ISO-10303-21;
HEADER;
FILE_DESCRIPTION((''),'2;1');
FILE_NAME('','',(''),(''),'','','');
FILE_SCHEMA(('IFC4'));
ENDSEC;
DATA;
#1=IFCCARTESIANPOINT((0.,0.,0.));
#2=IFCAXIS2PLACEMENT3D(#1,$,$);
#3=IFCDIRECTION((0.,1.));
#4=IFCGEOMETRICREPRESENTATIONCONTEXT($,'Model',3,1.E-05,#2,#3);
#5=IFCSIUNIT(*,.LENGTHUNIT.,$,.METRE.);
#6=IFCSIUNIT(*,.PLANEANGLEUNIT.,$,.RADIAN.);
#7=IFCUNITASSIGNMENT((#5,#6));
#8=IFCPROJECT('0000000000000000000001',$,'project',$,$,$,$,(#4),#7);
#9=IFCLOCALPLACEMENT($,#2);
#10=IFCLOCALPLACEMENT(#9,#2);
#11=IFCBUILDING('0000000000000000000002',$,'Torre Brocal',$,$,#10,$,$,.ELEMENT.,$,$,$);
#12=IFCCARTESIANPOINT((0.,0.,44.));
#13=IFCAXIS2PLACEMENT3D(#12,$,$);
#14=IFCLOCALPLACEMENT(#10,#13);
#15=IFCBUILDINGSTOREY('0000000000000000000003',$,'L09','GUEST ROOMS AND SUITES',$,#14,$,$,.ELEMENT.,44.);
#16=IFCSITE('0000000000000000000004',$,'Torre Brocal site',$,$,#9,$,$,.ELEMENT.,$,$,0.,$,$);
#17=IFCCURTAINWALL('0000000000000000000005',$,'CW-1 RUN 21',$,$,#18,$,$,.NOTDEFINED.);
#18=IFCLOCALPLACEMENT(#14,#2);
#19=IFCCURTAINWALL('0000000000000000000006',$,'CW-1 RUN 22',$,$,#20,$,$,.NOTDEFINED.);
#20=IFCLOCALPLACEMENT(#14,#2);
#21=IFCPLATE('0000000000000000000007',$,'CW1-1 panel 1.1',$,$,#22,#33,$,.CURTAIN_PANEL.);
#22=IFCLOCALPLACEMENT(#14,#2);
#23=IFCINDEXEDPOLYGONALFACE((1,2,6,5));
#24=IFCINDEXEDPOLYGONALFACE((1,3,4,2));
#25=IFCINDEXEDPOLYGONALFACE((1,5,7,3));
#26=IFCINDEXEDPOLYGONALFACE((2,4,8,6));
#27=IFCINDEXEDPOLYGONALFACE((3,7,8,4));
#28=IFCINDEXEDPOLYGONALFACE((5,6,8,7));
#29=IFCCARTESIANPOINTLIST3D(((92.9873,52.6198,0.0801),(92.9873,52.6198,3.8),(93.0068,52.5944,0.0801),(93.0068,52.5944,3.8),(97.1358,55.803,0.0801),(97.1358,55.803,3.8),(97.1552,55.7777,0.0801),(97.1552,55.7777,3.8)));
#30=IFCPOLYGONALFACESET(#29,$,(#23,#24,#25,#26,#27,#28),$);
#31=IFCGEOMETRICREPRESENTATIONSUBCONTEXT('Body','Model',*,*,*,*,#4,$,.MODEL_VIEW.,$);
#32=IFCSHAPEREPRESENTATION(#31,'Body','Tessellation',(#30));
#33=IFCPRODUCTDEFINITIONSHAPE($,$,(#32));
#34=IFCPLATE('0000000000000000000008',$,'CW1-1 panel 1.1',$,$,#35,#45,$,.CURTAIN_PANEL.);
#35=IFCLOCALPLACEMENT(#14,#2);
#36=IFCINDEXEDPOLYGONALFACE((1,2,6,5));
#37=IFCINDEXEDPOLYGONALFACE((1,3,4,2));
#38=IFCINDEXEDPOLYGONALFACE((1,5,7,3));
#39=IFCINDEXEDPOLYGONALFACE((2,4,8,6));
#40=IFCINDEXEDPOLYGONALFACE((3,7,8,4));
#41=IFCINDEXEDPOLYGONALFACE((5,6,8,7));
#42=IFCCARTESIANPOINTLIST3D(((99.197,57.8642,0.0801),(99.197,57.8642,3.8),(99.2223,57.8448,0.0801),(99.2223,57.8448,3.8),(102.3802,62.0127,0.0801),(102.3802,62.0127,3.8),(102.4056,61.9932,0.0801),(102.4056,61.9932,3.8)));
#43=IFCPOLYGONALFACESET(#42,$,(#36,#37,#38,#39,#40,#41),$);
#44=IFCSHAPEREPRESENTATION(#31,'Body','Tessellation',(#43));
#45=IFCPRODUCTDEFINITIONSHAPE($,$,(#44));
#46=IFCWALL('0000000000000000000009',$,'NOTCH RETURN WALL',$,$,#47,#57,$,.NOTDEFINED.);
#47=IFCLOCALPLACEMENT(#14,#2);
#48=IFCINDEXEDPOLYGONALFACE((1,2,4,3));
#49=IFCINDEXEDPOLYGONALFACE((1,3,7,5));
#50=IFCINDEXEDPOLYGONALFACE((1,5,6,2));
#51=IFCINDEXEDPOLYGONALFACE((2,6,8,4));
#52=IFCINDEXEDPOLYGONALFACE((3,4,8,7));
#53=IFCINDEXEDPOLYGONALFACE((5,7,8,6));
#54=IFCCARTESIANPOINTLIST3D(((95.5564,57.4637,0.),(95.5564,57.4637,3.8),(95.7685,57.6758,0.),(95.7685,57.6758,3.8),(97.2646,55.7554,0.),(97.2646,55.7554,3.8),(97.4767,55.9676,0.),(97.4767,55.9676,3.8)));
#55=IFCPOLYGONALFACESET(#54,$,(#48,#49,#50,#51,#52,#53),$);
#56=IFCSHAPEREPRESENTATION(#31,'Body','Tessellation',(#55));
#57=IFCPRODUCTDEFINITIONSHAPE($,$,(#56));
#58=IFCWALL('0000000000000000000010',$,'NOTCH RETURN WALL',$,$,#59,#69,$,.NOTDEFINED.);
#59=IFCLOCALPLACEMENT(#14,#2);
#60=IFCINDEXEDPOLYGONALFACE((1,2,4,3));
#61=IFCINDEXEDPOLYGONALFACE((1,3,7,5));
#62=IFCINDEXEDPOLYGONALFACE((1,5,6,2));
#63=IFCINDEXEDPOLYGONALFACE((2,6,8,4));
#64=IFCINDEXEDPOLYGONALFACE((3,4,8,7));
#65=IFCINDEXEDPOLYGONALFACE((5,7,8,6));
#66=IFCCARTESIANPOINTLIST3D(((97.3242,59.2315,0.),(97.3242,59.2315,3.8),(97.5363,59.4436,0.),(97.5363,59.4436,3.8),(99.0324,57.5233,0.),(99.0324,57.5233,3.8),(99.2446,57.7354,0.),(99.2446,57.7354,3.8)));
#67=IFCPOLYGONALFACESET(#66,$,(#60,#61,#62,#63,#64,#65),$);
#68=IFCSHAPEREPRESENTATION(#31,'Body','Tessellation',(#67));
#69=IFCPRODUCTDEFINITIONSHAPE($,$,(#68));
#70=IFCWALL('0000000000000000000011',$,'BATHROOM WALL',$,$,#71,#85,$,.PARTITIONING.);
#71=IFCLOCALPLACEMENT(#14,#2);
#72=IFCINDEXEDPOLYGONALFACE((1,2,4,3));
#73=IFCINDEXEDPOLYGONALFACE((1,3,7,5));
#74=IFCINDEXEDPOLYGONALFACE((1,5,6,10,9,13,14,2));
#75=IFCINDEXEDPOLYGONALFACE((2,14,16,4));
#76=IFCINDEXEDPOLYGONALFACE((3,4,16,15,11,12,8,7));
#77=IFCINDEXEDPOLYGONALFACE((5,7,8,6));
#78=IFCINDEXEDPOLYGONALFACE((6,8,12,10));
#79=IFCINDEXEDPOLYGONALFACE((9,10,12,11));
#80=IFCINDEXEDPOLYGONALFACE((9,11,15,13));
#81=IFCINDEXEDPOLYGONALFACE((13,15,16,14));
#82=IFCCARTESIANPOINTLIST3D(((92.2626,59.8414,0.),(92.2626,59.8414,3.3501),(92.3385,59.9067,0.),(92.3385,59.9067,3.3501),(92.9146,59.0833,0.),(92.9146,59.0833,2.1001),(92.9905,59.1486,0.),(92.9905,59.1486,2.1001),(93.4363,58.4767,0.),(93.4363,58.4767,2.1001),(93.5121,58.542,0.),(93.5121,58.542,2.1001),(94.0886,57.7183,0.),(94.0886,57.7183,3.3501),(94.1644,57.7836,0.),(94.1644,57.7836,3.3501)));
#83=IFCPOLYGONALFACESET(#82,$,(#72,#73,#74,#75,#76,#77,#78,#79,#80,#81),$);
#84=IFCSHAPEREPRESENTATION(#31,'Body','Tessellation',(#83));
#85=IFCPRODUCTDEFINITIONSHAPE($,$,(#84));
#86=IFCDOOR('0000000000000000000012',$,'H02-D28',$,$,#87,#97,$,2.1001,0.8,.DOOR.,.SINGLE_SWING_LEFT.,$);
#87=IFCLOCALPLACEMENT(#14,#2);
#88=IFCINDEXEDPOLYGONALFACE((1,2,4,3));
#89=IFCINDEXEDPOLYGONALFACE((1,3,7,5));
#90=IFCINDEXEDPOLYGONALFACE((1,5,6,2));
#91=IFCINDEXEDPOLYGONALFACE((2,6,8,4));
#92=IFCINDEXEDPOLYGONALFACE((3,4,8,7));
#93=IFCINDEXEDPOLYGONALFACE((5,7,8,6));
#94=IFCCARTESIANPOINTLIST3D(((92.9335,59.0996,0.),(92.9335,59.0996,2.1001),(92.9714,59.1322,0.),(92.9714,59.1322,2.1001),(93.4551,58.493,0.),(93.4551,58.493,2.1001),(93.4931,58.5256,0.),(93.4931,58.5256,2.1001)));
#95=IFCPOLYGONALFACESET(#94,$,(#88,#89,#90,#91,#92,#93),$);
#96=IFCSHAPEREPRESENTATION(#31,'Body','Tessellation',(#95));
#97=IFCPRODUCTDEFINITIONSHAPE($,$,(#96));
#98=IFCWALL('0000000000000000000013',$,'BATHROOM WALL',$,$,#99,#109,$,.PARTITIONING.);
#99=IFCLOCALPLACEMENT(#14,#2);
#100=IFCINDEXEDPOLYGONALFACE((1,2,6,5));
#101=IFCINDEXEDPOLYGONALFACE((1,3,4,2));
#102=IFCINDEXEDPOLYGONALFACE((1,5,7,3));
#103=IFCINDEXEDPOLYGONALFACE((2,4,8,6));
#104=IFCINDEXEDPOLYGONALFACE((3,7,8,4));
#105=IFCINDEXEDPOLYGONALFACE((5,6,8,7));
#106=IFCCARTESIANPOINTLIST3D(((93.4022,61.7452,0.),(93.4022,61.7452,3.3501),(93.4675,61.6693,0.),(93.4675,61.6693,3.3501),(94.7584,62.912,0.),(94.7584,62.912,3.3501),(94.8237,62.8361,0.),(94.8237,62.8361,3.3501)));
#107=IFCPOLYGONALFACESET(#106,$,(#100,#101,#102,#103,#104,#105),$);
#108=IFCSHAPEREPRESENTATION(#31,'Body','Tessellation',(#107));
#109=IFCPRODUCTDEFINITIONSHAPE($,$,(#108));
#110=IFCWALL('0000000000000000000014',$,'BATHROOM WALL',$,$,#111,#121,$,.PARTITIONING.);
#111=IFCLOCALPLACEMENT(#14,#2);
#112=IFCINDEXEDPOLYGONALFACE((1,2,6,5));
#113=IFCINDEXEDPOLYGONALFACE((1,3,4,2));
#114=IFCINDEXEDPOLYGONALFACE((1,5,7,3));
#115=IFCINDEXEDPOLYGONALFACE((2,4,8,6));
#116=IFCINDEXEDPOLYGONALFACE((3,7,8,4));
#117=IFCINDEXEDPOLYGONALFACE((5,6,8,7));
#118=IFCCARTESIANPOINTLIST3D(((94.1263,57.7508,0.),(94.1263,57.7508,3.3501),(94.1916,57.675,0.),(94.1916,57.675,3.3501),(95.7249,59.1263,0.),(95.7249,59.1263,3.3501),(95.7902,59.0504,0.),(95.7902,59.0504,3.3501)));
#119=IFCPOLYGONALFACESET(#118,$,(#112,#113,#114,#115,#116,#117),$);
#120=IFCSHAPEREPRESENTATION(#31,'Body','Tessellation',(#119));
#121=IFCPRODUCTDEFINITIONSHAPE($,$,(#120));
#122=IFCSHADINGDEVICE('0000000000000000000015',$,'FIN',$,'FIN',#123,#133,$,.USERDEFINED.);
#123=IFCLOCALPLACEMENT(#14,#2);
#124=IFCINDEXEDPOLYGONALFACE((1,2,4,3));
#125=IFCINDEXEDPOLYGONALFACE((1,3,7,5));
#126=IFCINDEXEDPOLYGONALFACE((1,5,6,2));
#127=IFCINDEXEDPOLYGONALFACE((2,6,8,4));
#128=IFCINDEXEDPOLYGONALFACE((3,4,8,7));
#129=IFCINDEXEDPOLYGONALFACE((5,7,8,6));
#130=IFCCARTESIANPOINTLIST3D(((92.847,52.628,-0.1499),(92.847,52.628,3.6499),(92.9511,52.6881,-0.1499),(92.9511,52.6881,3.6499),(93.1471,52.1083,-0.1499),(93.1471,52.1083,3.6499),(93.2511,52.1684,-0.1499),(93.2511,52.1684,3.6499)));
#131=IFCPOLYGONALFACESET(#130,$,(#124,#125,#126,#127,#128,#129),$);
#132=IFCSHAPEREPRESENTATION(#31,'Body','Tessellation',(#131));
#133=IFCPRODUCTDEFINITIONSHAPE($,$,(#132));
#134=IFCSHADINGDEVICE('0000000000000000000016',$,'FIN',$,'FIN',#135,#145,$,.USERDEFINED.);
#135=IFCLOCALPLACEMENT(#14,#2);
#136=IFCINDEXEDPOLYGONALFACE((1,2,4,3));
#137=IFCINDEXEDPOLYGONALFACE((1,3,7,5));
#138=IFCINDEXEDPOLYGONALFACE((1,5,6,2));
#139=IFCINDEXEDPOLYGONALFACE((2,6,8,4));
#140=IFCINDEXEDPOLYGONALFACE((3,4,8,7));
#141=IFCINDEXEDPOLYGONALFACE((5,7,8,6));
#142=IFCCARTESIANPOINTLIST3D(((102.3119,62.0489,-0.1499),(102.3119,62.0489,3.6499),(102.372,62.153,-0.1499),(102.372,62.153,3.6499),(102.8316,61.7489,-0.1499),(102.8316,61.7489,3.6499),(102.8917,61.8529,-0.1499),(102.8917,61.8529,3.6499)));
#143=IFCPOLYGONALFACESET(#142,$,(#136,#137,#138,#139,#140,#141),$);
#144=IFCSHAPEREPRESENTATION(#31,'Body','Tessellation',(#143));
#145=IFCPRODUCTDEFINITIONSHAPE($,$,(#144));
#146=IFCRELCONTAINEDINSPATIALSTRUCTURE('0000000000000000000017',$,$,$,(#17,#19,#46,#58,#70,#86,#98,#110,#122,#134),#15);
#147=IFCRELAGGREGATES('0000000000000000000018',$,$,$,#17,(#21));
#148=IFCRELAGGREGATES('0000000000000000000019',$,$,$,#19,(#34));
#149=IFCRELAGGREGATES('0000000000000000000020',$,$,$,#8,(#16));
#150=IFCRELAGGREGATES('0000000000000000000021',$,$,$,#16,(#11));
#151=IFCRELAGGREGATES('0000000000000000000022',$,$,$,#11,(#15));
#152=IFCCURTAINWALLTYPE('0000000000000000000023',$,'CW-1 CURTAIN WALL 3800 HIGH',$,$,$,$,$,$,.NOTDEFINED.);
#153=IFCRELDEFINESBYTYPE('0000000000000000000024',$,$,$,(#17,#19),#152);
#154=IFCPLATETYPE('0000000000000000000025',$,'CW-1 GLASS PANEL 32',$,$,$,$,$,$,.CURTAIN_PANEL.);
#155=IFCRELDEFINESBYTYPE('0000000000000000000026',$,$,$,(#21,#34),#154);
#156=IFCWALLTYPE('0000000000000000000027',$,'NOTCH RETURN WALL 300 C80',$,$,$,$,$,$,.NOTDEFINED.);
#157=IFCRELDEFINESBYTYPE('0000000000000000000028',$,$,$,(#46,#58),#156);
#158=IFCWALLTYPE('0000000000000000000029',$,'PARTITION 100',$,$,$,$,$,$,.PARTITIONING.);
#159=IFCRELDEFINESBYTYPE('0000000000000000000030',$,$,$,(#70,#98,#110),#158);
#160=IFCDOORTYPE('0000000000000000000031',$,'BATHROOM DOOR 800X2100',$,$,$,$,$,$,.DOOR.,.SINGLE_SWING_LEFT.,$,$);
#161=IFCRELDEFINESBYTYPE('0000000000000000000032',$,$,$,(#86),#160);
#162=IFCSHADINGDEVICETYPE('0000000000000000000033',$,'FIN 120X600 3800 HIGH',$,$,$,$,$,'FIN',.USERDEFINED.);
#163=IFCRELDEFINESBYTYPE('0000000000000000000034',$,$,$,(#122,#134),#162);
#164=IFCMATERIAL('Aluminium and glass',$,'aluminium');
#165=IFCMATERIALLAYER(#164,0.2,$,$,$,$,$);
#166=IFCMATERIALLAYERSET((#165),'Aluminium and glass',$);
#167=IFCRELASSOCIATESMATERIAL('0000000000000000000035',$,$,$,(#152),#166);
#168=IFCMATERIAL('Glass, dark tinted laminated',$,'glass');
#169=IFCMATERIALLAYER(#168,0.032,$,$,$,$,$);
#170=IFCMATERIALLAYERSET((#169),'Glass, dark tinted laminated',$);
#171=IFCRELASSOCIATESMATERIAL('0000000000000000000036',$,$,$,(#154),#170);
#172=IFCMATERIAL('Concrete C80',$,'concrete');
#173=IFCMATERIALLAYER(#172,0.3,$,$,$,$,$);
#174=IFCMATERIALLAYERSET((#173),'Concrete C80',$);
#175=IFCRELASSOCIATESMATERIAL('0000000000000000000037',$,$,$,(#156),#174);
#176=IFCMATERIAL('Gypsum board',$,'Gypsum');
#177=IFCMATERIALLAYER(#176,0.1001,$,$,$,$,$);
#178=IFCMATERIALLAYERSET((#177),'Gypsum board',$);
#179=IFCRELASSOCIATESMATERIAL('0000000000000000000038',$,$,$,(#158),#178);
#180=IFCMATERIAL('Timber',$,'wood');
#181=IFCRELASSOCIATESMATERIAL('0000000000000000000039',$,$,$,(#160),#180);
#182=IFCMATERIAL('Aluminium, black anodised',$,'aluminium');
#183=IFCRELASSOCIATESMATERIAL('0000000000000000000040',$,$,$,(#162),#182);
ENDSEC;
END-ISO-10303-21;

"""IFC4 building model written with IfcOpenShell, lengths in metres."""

from ifc_helpers import new_model, si_unit, direction, frame, frame_2d, origin, origin_2d, place, context, subcontext, project, spatial, rectangle, extrude, material, layer, layer_set, material_profile, profile_set, type_object, element, fill, aggregate, save


model = new_model("IFC4")

# Units and contexts
model_context = context("Model", 3, precision=1e-05, world=origin(), true_north=direction((0.0, 1.0)))
body_context = subcontext(model_context, "Body", "Model", "MODEL_VIEW")
ifc_project = project(units=[si_unit("LENGTHUNIT", "METRE"), si_unit("PLANEANGLEUNIT", "RADIAN")], contexts=[model_context])

# Site, building, storey
site_placement = place(None, origin())
site = spatial("IfcSite", under=ifc_project, at=site_placement, Name="Torre Brocal site", CompositionType="ELEMENT", RefElevation=0.0)
building_placement = place(site_placement, origin())
building = spatial("IfcBuilding", under=site, at=building_placement, Name="Torre Brocal", CompositionType="ELEMENT")
storey_placement = place(building_placement, frame((0.0, 0.0, 44.0)))
storey = spatial("IfcBuildingStorey", under=building, at=storey_placement, Name="L09", Description="GUEST ROOMS AND SUITES", CompositionType="ELEMENT", Elevation=44.0)

# Shared definitions
ifc_material_1 = material(Name="Aluminium and glass", Category="aluminium")
ifc_layer_1 = layer(ifc_material_1, 0.2)
ifc_layer_set_1 = layer_set([ifc_layer_1], Name="Aluminium and glass")
curtain_wall_type = type_object("IfcCurtainWallType", Name="CW-1 CURTAIN WALL 3800 HIGH", PredefinedType="NOTDEFINED", material=ifc_layer_set_1)

# Curtain walls
curtain_wall_1_placement = place(storey_placement, origin())
curtain_wall_1 = element("IfcCurtainWall", 1, at=curtain_wall_1_placement, inside=storey, type_object=curtain_wall_type, Name="CW-1 RUN 21", PredefinedType="NOTDEFINED")
curtain_wall_2_placement = place(storey_placement, origin())
curtain_wall_2 = element("IfcCurtainWall", 2, at=curtain_wall_2_placement, inside=storey, type_object=curtain_wall_type, Name="CW-1 RUN 22", PredefinedType="NOTDEFINED")

# Plates
ifc_material_2 = material(Name="Glass, dark tinted laminated", Category="glass")
ifc_layer_2 = layer(ifc_material_2, 0.032)
ifc_layer_set_2 = layer_set([ifc_layer_2], Name="Glass, dark tinted laminated")
plate_type = type_object("IfcPlateType", Name="CW-1 GLASS PANEL 32", PredefinedType="CURTAIN_PANEL", material=ifc_layer_set_2)
plate_1_placement = place(storey_placement, frame((95.0713, 54.1987, 0.0801), z_axis=(0.0, 0.0, 1.0), x_axis=(0.793353, 0.608761, 0.0)))
plate_1 = element("IfcPlate", 3, at=plate_1_placement, type_object=plate_type, Name="CW1-1 panel 1.1", PredefinedType="CURTAIN_PANEL", context=body_context, shape_type="SweptSolid", body=[
    extrude(rectangle(XDim=5.229, YDim=0.032, at=origin_2d()), origin(), (0.0, 0.0, 1.0), 3.72),
])
aggregate(curtain_wall_1, [plate_1])
plate_2_placement = place(storey_placement, frame((100.8013, 59.9287, 0.0801), z_axis=(0.0, 0.0, 1.0), x_axis=(0.608761, 0.793353, 0.0)))
plate_2 = element("IfcPlate", 4, at=plate_2_placement, type_object=plate_type, Name="CW1-1 panel 1.1", PredefinedType="CURTAIN_PANEL", context=body_context, shape_type="SweptSolid", body=[
    extrude(rectangle(XDim=5.229, YDim=0.032, at=origin_2d()), origin(), (0.0, 0.0, 1.0), 3.72),
])
aggregate(curtain_wall_2, [plate_2])

# Walls
ifc_material_3 = material(Name="Concrete C80", Category="concrete")
ifc_layer_3 = layer(ifc_material_3, 0.3)
ifc_layer_set_3 = layer_set([ifc_layer_3], Name="Concrete C80")
wall_type_1 = type_object("IfcWallType", Name="NOTCH RETURN WALL 300 C80", PredefinedType="NOTDEFINED", material=ifc_layer_set_3)
for number, where, z_axis, x_axis, name in (
    (5, (95.6624, 57.5698, 0.0), (0.0, 0.0, 1.0), (0.707107, -0.707107, 0.0), "NOTCH RETURN WALL"),
    (6, (97.4302, 59.3376, 0.0), (0.0, 0.0, 1.0), (0.707107, -0.707107, 0.0), "NOTCH RETURN WALL"),
):
    element("IfcWall", number, at=place(storey_placement, frame(where, z_axis=z_axis, x_axis=x_axis)), inside=storey, type_object=wall_type_1, Name=name, PredefinedType="NOTDEFINED", context=body_context, shape_type="SweptSolid", body=[
        extrude(rectangle(XDim=2.4158, YDim=0.3, at=frame_2d((1.208, 0.0))), origin(), (0.0, 0.0, 1.0), 3.8),
    ])

# Wall, opening, door
ifc_material_4 = material(Name="Gypsum board", Category="Gypsum")
ifc_layer_4 = layer(ifc_material_4, 0.1001)
ifc_layer_set_4 = layer_set([ifc_layer_4], Name="Gypsum board")
wall_type_2 = type_object("IfcWallType", Name="PARTITION 100", PredefinedType="PARTITIONING", material=ifc_layer_set_4)
wall_1_placement = place(storey_placement, frame((92.3005, 59.874, 0.0), z_axis=(0.0, 0.0, 1.0), x_axis=(0.652061, -0.758166, 0.0)))
wall_1 = element("IfcWall", 7, at=wall_1_placement, inside=storey, type_object=wall_type_2, Name="BATHROOM WALL", PredefinedType="PARTITIONING", context=body_context, shape_type="SweptSolid", body=[
    extrude(rectangle(XDim=2.8003, YDim=0.1001, at=frame_2d((1.4001, 0.0))), origin(), (0.0, 0.0, 1.0), 3.3501),
])
opening_placement = place(wall_1_placement, frame((1.0, 0.0, 0.0)))
opening = element("IfcOpeningElement", 8, at=opening_placement, cuts=wall_1, PredefinedType="OPENING", context=body_context, shape_type="SweptSolid", body=[
    extrude(rectangle(XDim=0.8, YDim=2.1001, at=frame_2d((0.3999, 1.05))), frame((0.0, 0.0601, 0.0), z_axis=(0.0, -1.0, 0.0), x_axis=(1.0, 0.0, 0.0)), (0.0, 0.0, 1.0), 0.1201),
])
ifc_material_5 = material(Name="Timber", Category="wood")
door_type = type_object("IfcDoorType", Name="BATHROOM DOOR 800X2100", OperationType="SINGLE_SWING_LEFT", PredefinedType="DOOR", material=ifc_material_5)
door_placement = place(opening_placement, origin())
door = element("IfcDoor", 9, at=door_placement, inside=storey, type_object=door_type, Name="H02-D28", OperationType="SINGLE_SWING_LEFT", OverallHeight=2.1001, OverallWidth=0.8, PredefinedType="DOOR", context=body_context, shape_type="SweptSolid", body=[
    extrude(rectangle(XDim=0.8, YDim=2.1001, at=frame_2d((0.3999, 1.05))), frame((0.0, 0.0249, 0.0), z_axis=(0.0, -1.0, 0.0), x_axis=(1.0, 0.0, 0.0)), (0.0, 0.0, 1.0), 0.05),
])
fill(opening, door)

# Walls
wall_2_placement = place(storey_placement, frame((93.4348, 61.7073, 0.0), z_axis=(0.0, 0.0, 1.0), x_axis=(0.75807, 0.652173, 0.0)))
element("IfcWall", 10, at=wall_2_placement, inside=storey, type_object=wall_type_2, Name="BATHROOM WALL", PredefinedType="PARTITIONING", context=body_context, shape_type="SweptSolid", body=[
    extrude(rectangle(XDim=1.7891, YDim=0.1001, at=frame_2d((0.8945, 0.0))), origin(), (0.0, 0.0, 1.0), 3.3501),
])
wall_3_placement = place(storey_placement, frame((94.1589, 57.7129, 0.0), z_axis=(0.0, 0.0, 1.0), x_axis=(0.75803, 0.65222, 0.0)))
element("IfcWall", 11, at=wall_3_placement, inside=storey, type_object=wall_type_2, Name="BATHROOM WALL", PredefinedType="PARTITIONING", context=body_context, shape_type="SweptSolid", body=[
    extrude(rectangle(XDim=2.1089, YDim=0.1001, at=frame_2d((1.0544, 0.0))), origin(), (0.0, 0.0, 1.0), 3.3501),
])

# Shading devices
ifc_material_6 = material(Name="Aluminium, black anodised", Category="aluminium")
ifc_material_profile_1 = material_profile(ifc_material_6, rectangle(XDim=0.1201, YDim=0.6001, at=origin_2d()), Name="FIN 120X600 3800 HIGH")
ifc_profile_set_1 = profile_set([ifc_material_profile_1], Name="Aluminium, black anodised")
shading_device_type = type_object("IfcShadingDeviceType", Name="FIN 120X600 3800 HIGH", ElementType="FIN", PredefinedType="USERDEFINED", material=ifc_profile_set_1)
for number, where, z_axis, x_axis, name in (
    (12, (93.0491, 52.3982, -0.1499), (0.0, 0.0, 1.0), (0.866025, 0.5, 0.0), "FIN"),
    (13, (102.6018, 61.9509, -0.1499), (0.0, 0.0, 1.0), (0.5, 0.866025, 0.0), "FIN"),
):
    element("IfcShadingDevice", number, at=place(storey_placement, frame(where, z_axis=z_axis, x_axis=x_axis)), inside=storey, type_object=shading_device_type, Name=name, ObjectType="FIN", PredefinedType="USERDEFINED", context=body_context, shape_type="SweptSolid", body=[
        extrude(rectangle(XDim=0.1201, YDim=0.6001, at=origin_2d()), origin(), (0.0, 0.0, 1.0), 3.7998),
    ])

save(model, "model.ifc")
